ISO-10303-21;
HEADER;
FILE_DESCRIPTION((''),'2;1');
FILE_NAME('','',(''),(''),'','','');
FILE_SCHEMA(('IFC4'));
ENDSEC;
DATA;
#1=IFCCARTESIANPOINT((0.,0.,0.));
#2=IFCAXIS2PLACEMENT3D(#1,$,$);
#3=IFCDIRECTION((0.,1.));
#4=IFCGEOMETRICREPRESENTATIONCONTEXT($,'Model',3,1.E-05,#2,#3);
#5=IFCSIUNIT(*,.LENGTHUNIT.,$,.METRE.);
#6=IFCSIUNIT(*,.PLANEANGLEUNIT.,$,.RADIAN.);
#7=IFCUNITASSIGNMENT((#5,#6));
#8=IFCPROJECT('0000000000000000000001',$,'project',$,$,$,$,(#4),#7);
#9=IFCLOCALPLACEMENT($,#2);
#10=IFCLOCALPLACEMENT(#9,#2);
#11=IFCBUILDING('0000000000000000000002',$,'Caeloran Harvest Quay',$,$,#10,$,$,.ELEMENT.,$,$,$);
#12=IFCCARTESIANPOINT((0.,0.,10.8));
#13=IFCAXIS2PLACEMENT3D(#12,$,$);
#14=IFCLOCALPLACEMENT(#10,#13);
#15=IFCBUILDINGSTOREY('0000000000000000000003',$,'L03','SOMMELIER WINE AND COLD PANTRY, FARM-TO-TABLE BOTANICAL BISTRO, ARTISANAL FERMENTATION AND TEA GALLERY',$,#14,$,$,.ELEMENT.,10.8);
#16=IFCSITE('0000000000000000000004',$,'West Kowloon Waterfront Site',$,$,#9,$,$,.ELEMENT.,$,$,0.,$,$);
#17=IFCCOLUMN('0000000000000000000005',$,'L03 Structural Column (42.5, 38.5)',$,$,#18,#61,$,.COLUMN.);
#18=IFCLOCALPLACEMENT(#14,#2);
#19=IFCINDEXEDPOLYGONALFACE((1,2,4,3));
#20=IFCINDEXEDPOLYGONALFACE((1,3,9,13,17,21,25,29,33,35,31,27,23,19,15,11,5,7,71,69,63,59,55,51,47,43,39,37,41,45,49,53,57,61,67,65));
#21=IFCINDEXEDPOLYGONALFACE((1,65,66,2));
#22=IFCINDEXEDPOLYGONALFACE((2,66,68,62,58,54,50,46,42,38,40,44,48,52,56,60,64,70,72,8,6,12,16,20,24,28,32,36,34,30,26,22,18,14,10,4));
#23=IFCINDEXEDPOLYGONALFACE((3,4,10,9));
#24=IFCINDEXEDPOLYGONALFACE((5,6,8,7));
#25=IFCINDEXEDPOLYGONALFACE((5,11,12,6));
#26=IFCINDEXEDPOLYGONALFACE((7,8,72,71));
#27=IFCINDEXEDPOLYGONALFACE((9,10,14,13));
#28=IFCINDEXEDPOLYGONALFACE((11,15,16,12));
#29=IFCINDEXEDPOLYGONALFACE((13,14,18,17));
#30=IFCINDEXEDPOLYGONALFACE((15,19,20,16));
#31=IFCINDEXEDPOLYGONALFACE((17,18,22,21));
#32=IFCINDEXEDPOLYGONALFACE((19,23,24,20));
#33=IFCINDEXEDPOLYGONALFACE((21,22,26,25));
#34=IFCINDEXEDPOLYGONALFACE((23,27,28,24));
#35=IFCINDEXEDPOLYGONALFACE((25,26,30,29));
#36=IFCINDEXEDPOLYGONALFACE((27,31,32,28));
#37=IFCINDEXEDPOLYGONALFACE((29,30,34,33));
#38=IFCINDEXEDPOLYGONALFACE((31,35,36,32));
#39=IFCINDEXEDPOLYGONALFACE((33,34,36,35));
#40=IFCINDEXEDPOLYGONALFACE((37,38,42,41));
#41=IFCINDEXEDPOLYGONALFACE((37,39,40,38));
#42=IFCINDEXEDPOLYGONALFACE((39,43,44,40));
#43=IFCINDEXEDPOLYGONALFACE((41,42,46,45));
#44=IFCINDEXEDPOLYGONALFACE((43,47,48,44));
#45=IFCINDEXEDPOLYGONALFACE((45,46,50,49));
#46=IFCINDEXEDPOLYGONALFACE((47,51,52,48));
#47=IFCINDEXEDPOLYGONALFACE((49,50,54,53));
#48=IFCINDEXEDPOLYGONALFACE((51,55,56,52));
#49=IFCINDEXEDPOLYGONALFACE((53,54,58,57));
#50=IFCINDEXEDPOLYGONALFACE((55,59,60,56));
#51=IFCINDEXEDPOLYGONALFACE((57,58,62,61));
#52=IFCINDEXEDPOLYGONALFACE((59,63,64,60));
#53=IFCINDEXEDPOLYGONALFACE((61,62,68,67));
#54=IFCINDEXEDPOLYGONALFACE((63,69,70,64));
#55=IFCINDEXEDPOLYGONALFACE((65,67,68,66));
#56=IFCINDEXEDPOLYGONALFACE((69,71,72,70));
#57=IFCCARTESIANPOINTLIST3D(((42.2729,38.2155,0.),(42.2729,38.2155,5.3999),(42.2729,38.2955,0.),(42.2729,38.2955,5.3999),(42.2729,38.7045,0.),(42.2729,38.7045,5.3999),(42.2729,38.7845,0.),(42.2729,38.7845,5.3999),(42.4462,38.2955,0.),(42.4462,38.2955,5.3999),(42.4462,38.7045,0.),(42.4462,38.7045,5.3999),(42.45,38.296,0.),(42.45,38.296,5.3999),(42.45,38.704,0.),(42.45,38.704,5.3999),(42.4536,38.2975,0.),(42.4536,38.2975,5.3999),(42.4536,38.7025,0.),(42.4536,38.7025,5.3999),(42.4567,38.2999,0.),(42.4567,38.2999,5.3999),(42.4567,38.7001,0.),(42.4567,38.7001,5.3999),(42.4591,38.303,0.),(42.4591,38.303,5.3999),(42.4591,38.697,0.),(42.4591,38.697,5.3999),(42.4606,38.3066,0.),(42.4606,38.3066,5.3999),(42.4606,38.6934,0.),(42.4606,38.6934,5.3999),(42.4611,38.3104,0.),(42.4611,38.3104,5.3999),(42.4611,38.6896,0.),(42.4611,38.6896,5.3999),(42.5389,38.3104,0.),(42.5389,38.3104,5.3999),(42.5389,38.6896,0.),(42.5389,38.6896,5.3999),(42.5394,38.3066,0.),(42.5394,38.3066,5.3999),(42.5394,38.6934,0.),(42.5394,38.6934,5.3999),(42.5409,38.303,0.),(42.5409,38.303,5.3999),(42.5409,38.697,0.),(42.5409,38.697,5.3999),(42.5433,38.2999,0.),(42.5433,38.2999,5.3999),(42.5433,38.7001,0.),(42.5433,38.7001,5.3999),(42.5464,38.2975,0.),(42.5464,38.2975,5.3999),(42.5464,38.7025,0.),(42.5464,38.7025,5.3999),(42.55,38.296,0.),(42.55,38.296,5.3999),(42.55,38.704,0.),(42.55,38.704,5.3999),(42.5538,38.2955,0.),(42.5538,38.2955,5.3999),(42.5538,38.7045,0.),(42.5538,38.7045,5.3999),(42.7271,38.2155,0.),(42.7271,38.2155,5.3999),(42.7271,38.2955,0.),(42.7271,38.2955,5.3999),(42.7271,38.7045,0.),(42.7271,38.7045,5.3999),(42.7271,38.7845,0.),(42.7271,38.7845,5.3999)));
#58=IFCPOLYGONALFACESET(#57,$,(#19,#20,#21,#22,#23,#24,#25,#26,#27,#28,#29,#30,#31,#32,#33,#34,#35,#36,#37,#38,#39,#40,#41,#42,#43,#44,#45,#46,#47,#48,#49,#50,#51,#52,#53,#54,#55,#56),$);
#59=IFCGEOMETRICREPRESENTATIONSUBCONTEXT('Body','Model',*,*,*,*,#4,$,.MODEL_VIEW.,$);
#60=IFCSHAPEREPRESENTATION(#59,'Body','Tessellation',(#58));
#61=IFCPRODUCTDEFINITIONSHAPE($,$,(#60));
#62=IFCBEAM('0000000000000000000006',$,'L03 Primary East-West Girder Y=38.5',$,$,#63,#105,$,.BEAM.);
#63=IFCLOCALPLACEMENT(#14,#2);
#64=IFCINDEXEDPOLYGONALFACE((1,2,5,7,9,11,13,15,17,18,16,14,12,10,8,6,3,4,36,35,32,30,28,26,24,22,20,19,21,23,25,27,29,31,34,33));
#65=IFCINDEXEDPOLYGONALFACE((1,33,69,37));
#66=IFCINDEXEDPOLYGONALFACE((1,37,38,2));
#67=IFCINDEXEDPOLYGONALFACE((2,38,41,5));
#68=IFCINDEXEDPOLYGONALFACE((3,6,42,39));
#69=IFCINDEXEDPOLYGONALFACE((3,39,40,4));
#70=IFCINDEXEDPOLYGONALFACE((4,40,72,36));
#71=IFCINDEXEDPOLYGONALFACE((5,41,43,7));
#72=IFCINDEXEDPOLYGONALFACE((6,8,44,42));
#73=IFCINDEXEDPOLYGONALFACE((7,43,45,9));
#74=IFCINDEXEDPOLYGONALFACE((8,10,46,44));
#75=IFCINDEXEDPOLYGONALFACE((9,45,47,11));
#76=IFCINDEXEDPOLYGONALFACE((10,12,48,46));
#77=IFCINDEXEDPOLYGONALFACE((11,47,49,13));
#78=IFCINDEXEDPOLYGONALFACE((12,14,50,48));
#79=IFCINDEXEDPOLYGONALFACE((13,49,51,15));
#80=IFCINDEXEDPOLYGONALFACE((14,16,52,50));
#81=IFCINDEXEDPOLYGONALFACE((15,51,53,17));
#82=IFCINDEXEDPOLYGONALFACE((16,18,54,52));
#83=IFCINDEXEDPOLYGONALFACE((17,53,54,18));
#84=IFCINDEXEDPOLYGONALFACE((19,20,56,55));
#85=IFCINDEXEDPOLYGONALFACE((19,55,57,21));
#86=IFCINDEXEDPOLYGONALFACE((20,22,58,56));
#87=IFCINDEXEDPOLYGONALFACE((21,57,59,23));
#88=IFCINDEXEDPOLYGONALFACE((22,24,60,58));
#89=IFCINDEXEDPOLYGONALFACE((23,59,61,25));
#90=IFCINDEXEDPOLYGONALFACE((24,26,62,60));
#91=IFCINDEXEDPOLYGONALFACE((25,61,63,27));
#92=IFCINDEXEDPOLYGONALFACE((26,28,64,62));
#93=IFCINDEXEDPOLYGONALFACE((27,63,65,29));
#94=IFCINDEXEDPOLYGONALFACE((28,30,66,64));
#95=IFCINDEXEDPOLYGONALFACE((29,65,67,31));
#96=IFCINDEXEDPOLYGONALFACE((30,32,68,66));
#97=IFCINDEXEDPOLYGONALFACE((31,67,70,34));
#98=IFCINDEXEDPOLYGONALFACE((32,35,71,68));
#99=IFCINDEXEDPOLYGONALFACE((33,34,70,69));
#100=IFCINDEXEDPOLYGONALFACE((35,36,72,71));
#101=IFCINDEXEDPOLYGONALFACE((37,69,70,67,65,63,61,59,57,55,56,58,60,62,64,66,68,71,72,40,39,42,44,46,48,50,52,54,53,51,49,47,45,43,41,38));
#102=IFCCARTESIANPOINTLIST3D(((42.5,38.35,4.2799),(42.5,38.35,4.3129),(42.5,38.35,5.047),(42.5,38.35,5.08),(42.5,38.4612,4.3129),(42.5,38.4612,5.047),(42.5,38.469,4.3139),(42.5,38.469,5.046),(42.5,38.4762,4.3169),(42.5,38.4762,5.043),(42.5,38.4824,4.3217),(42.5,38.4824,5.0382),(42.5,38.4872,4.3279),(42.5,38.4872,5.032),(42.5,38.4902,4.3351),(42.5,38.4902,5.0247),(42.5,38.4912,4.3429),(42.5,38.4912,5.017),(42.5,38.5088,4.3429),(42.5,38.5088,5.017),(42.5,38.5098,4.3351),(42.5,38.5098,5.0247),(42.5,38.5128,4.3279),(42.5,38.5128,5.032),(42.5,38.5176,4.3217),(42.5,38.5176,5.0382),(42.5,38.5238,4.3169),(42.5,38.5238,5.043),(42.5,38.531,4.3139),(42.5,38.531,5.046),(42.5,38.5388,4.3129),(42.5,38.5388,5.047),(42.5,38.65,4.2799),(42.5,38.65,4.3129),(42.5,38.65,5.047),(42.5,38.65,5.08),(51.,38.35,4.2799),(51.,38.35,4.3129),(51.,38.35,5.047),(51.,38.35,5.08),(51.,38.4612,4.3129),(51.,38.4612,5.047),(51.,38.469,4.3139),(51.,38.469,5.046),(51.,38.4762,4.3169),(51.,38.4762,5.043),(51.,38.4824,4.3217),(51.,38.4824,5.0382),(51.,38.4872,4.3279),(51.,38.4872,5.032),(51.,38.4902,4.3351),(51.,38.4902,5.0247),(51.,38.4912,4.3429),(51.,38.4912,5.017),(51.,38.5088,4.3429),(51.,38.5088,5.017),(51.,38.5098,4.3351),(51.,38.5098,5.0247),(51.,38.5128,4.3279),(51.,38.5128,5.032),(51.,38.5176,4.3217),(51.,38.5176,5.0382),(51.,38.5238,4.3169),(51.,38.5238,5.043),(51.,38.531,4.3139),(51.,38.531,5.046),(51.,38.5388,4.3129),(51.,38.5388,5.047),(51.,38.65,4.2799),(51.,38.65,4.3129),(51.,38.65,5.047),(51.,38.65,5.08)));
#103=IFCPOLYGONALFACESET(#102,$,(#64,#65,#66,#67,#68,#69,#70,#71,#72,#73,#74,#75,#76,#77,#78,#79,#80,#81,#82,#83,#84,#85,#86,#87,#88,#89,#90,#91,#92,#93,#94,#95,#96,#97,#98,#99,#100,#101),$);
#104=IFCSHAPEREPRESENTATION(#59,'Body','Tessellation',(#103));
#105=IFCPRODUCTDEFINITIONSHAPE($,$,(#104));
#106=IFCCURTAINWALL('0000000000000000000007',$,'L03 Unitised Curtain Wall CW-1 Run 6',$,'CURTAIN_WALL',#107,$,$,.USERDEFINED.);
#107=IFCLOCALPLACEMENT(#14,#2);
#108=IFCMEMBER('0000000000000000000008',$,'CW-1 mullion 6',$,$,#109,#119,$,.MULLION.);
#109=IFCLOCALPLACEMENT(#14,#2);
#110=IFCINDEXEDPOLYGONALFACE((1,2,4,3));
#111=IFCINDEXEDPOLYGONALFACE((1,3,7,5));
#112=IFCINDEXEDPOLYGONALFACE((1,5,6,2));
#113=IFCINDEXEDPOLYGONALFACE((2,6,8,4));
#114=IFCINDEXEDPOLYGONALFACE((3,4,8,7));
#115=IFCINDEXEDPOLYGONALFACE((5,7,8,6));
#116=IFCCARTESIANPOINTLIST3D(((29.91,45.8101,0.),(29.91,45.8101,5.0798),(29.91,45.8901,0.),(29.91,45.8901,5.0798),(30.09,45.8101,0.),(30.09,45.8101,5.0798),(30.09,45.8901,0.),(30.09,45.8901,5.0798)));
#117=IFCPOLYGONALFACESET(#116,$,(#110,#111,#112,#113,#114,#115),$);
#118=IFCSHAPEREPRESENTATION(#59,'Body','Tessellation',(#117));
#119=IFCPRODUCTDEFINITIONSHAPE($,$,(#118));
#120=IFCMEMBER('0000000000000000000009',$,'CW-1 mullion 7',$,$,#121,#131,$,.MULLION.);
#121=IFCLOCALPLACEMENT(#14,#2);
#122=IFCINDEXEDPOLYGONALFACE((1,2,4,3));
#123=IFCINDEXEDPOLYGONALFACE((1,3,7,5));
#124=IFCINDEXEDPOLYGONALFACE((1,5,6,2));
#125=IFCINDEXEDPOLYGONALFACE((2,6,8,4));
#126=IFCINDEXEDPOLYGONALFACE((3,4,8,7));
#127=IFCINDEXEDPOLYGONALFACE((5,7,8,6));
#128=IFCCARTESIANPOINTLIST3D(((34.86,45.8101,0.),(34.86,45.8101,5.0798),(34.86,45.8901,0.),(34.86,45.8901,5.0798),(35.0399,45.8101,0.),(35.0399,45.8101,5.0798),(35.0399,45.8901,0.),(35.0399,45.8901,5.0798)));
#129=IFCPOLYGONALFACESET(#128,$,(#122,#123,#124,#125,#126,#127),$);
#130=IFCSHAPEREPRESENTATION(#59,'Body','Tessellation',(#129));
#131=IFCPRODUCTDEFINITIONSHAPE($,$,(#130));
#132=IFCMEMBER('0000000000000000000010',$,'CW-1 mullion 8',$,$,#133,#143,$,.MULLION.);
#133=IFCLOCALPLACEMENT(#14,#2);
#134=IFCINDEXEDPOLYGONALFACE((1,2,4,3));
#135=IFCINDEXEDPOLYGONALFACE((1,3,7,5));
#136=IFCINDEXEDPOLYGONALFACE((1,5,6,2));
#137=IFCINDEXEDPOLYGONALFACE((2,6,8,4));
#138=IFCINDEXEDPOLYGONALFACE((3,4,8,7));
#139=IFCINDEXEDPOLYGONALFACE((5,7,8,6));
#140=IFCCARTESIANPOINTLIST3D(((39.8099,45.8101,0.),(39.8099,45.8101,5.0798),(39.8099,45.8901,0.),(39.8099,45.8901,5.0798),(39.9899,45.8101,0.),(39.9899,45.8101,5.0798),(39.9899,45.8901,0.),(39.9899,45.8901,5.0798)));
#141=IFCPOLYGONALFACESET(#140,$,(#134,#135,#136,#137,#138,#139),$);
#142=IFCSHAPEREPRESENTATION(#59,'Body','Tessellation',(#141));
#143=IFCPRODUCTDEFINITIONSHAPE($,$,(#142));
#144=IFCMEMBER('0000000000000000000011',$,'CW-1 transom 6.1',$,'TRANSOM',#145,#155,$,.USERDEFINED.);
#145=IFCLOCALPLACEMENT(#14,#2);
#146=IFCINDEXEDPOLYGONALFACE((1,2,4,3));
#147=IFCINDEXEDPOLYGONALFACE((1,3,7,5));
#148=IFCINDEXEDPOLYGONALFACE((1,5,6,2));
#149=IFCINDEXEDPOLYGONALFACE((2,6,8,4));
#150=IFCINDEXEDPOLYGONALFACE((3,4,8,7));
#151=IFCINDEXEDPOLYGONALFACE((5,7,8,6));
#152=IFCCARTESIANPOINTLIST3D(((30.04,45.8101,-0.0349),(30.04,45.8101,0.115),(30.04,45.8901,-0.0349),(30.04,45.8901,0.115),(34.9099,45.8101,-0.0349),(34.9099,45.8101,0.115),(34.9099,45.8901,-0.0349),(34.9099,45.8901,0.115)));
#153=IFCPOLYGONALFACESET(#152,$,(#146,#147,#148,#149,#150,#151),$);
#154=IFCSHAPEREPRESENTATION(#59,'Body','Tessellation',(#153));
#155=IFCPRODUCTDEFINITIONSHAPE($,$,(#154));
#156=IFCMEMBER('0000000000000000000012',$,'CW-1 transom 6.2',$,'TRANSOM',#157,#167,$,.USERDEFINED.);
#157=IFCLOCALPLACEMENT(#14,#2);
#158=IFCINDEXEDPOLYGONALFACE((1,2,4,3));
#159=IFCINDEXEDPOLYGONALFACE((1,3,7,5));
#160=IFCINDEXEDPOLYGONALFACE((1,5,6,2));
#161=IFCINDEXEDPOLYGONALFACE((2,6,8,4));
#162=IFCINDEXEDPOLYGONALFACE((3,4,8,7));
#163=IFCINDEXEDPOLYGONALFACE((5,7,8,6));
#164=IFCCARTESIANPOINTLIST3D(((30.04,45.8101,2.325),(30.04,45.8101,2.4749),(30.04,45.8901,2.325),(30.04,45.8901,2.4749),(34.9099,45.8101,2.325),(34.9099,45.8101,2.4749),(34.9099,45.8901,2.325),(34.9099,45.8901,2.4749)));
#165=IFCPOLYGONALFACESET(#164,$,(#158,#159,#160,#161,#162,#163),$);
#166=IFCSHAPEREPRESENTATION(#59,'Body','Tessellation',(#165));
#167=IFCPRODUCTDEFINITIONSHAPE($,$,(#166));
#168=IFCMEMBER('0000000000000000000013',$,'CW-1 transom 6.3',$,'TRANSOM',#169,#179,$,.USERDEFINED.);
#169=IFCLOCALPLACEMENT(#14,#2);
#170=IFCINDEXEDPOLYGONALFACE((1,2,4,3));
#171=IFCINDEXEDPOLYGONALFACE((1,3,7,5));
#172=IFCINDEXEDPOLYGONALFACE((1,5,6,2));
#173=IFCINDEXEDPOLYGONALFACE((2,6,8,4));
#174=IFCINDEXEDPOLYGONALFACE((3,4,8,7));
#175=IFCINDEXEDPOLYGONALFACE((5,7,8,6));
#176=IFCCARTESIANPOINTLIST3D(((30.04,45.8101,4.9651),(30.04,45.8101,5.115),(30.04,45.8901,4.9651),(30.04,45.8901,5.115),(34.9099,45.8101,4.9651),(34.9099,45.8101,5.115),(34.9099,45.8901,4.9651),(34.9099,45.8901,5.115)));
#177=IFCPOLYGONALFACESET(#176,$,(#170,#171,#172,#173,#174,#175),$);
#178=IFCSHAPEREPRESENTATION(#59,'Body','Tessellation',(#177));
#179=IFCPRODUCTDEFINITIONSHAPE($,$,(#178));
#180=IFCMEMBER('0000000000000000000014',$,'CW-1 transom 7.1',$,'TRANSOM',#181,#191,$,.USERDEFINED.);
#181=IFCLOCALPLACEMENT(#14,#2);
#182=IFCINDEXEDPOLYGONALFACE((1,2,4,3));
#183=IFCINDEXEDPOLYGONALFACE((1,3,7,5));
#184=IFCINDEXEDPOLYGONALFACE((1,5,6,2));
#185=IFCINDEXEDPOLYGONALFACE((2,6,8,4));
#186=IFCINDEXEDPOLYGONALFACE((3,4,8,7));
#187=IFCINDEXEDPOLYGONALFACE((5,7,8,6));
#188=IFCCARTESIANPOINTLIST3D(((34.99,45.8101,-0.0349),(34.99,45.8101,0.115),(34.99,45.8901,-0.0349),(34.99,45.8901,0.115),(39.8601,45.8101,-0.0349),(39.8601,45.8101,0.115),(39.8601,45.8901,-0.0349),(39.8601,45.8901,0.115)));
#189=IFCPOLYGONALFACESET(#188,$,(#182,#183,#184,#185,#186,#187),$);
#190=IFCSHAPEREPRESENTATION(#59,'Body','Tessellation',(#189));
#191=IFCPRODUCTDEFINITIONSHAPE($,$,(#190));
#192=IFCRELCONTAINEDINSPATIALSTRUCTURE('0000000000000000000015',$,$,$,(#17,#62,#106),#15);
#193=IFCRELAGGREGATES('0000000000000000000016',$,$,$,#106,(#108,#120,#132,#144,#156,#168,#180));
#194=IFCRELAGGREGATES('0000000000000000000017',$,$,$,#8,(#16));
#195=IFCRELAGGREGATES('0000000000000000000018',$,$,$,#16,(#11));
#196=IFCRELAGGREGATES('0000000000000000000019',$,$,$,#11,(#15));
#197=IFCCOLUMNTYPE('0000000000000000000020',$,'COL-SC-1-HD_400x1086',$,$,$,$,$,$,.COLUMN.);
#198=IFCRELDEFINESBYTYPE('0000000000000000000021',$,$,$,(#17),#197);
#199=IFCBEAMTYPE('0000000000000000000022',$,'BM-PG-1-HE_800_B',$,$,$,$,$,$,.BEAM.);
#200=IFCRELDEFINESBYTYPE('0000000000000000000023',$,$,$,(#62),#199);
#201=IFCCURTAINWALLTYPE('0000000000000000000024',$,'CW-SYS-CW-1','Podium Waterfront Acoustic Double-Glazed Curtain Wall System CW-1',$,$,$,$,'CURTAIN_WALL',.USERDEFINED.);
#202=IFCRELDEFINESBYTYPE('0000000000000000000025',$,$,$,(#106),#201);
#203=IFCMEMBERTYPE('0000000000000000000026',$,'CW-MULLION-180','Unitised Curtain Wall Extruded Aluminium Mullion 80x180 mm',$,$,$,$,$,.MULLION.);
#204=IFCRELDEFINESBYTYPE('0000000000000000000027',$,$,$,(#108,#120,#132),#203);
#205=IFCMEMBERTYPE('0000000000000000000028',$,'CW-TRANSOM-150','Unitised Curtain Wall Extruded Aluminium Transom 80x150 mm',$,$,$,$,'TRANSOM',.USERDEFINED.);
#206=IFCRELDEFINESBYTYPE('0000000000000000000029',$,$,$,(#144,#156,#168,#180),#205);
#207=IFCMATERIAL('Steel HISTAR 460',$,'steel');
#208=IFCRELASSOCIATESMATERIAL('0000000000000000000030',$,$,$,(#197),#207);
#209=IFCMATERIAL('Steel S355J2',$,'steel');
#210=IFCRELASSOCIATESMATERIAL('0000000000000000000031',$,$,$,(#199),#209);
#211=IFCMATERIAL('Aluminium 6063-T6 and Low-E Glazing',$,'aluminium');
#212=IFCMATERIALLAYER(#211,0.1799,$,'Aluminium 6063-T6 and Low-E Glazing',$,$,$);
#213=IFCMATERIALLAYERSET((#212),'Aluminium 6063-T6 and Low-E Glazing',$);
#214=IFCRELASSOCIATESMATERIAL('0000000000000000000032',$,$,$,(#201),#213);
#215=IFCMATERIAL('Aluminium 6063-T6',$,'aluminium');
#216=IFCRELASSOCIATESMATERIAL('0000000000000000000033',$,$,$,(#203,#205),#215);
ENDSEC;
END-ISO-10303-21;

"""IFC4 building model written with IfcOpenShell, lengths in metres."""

from ifc_helpers import new_model, si_unit, direction, frame, origin, origin_2d, place, context, subcontext, project, spatial, rectangle, i_section, extrude, material, layer, layer_set, material_profile, profile_set, type_object, element, aggregate, save


model = new_model("IFC4")

# Units and contexts
model_context = context("Model", 3, precision=1e-05, world=origin(), true_north=direction((0.0, 1.0)))
body_context = subcontext(model_context, "Body", "Model", "MODEL_VIEW")
ifc_project = project(units=[si_unit("LENGTHUNIT", "METRE"), si_unit("PLANEANGLEUNIT", "RADIAN")], contexts=[model_context])

# Site, building, storey
site_placement = place(None, origin())
site = spatial("IfcSite", under=ifc_project, at=site_placement, Name="West Kowloon Waterfront Site", CompositionType="ELEMENT", RefElevation=0.0)
building_placement = place(site_placement, origin())
building = spatial("IfcBuilding", under=site, at=building_placement, Name="Caeloran Harvest Quay", CompositionType="ELEMENT")
storey_placement = place(building_placement, frame((0.0, 0.0, 10.8)))
storey = spatial("IfcBuildingStorey", under=building, at=storey_placement, Name="L03", Description="SOMMELIER WINE AND COLD PANTRY, FARM-TO-TABLE BOTANICAL BISTRO, ARTISANAL FERMENTATION AND TEA GALLERY", CompositionType="ELEMENT", Elevation=10.8)

# Column
ifc_material_1 = material(Name="Steel HISTAR 460", Category="steel")
ifc_material_profile_1 = material_profile(ifc_material_1, i_section(OverallWidth=0.4541, OverallDepth=0.5691, WebThickness=0.0779, FlangeThickness=0.0801, FilletRadius=0.0149, at=origin_2d()), Name="HD 400x1086")
ifc_profile_set_1 = profile_set([ifc_material_profile_1], Name="Steel HISTAR 460")
column_type = type_object("IfcColumnType", Name="COL-SC-1-HD_400x1086", PredefinedType="COLUMN", material=ifc_profile_set_1)
column_placement = place(storey_placement, frame((42.5, 38.5, 0.0), z_axis=(0.0, 0.0, 1.0), x_axis=(1.0, 0.0, 0.0)))
element("IfcColumn", 1, at=column_placement, inside=storey, type_object=column_type, Name="L03 Structural Column (42.5, 38.5)", PredefinedType="COLUMN", context=body_context, shape_type="SweptSolid", body=[
    extrude(i_section(OverallWidth=0.4541, OverallDepth=0.5691, WebThickness=0.0779, FlangeThickness=0.0801, FilletRadius=0.0149, at=origin_2d()), origin(), (0.0, 0.0, 1.0), 5.3999),
])

# Beam
ifc_material_2 = material(Name="Steel S355J2", Category="steel")
ifc_material_profile_2 = material_profile(ifc_material_2, i_section(OverallWidth=0.3, OverallDepth=0.8, WebThickness=0.0176, FlangeThickness=0.033, FilletRadius=0.03, at=origin_2d()), Name="HE 800 B")
ifc_profile_set_2 = profile_set([ifc_material_profile_2], Name="Steel S355J2")
beam_type = type_object("IfcBeamType", Name="BM-PG-1-HE_800_B", PredefinedType="BEAM", material=ifc_profile_set_2)
beam_placement = place(storey_placement, frame((42.5, 38.5, 4.6799), z_axis=(1.0, 0.0, 0.0), x_axis=(0.0, 1.0, 0.0)))
element("IfcBeam", 2, at=beam_placement, inside=storey, type_object=beam_type, Name="L03 Primary East-West Girder Y=38.5", PredefinedType="BEAM", context=body_context, shape_type="SweptSolid", body=[
    extrude(i_section(OverallWidth=0.3, OverallDepth=0.8, WebThickness=0.0176, FlangeThickness=0.033, FilletRadius=0.03, at=origin_2d()), origin(), (0.0, 0.0, 1.0), 8.5),
])

# Curtain wall, members
ifc_material_3 = material(Name="Aluminium 6063-T6 and Low-E Glazing", Category="aluminium")
ifc_layer_1 = layer(ifc_material_3, 0.1799, Name="Aluminium 6063-T6 and Low-E Glazing")
ifc_layer_set_1 = layer_set([ifc_layer_1], Name="Aluminium 6063-T6 and Low-E Glazing")
curtain_wall_type = type_object("IfcCurtainWallType", Name="CW-SYS-CW-1", Description="Podium Waterfront Acoustic Double-Glazed Curtain Wall System CW-1", ElementType="CURTAIN_WALL", PredefinedType="USERDEFINED", material=ifc_layer_set_1)
curtain_wall_placement = place(storey_placement, origin())
curtain_wall = element("IfcCurtainWall", 3, at=curtain_wall_placement, inside=storey, type_object=curtain_wall_type, Name="L03 Unitised Curtain Wall CW-1 Run 6", ObjectType="CURTAIN_WALL", PredefinedType="USERDEFINED")
ifc_material_4 = material(Name="Aluminium 6063-T6", Category="aluminium")
ifc_material_profile_3 = material_profile(ifc_material_4, rectangle(XDim=0.0801, YDim=0.1799, at=origin_2d()), Name="CW-MULLION-180")
ifc_profile_set_3 = profile_set([ifc_material_profile_3], Name="Aluminium 6063-T6")
member_type_1 = type_object("IfcMemberType", Name="CW-MULLION-180", Description="Unitised Curtain Wall Extruded Aluminium Mullion 80x180 mm", PredefinedType="MULLION", material=ifc_profile_set_3)
member_1_placement = place(storey_placement, frame((30.0, 45.8501, 0.0), z_axis=(0.0, 0.0, 1.0), x_axis=(0.0, 1.0, 0.0)))
member_1 = element("IfcMember", 4, at=member_1_placement, type_object=member_type_1, Name="CW-1 mullion 6", PredefinedType="MULLION", context=body_context, shape_type="SweptSolid", body=[
    extrude(rectangle(XDim=0.0801, YDim=0.1799, at=origin_2d()), origin(), (0.0, 0.0, 1.0), 5.0798),
])
member_2_placement = place(storey_placement, frame((34.95, 45.8501, 0.0), z_axis=(0.0, 0.0, 1.0), x_axis=(0.0, 1.0, 0.0)))
member_2 = element("IfcMember", 5, at=member_2_placement, type_object=member_type_1, Name="CW-1 mullion 7", PredefinedType="MULLION", context=body_context, shape_type="SweptSolid", body=[
    extrude(rectangle(XDim=0.0801, YDim=0.1799, at=origin_2d()), origin(), (0.0, 0.0, 1.0), 5.0798),
])
member_3_placement = place(storey_placement, frame((39.8999, 45.8501, 0.0), z_axis=(0.0, 0.0, 1.0), x_axis=(0.0, 1.0, 0.0)))
member_3 = element("IfcMember", 6, at=member_3_placement, type_object=member_type_1, Name="CW-1 mullion 8", PredefinedType="MULLION", context=body_context, shape_type="SweptSolid", body=[
    extrude(rectangle(XDim=0.0801, YDim=0.1799, at=origin_2d()), origin(), (0.0, 0.0, 1.0), 5.0798),
])
ifc_material_profile_4 = material_profile(ifc_material_4, rectangle(XDim=0.0801, YDim=0.1499, at=origin_2d()), Name="CW-TRANSOM-150")
ifc_profile_set_4 = profile_set([ifc_material_profile_4], Name="Aluminium 6063-T6")
member_type_2 = type_object("IfcMemberType", Name="CW-TRANSOM-150", Description="Unitised Curtain Wall Extruded Aluminium Transom 80x150 mm", ElementType="TRANSOM", PredefinedType="USERDEFINED", material=ifc_profile_set_4)
member_4_placement = place(storey_placement, frame((30.04, 45.8501, 0.04), z_axis=(1.0, 0.0, 0.0), x_axis=(0.0, 1.0, 0.0)))
member_4 = element("IfcMember", 7, at=member_4_placement, type_object=member_type_2, Name="CW-1 transom 6.1", ObjectType="TRANSOM", PredefinedType="USERDEFINED", context=body_context, shape_type="SweptSolid", body=[
    extrude(rectangle(XDim=0.0801, YDim=0.1499, at=origin_2d()), origin(), (0.0, 0.0, 1.0), 4.8699),
])
member_5_placement = place(storey_placement, frame((30.04, 45.8501, 2.3999), z_axis=(1.0, 0.0, 0.0), x_axis=(0.0, 1.0, 0.0)))
member_5 = element("IfcMember", 8, at=member_5_placement, type_object=member_type_2, Name="CW-1 transom 6.2", ObjectType="TRANSOM", PredefinedType="USERDEFINED", context=body_context, shape_type="SweptSolid", body=[
    extrude(rectangle(XDim=0.0801, YDim=0.1499, at=origin_2d()), origin(), (0.0, 0.0, 1.0), 4.8699),
])
member_6_placement = place(storey_placement, frame((30.04, 45.8501, 5.04), z_axis=(1.0, 0.0, 0.0), x_axis=(0.0, 1.0, 0.0)))
member_6 = element("IfcMember", 9, at=member_6_placement, type_object=member_type_2, Name="CW-1 transom 6.3", ObjectType="TRANSOM", PredefinedType="USERDEFINED", context=body_context, shape_type="SweptSolid", body=[
    extrude(rectangle(XDim=0.0801, YDim=0.1499, at=origin_2d()), origin(), (0.0, 0.0, 1.0), 4.8699),
])
member_7_placement = place(storey_placement, frame((34.99, 45.8501, 0.04), z_axis=(1.0, 0.0, 0.0), x_axis=(0.0, 1.0, 0.0)))
member_7 = element("IfcMember", 10, at=member_7_placement, type_object=member_type_2, Name="CW-1 transom 7.1", ObjectType="TRANSOM", PredefinedType="USERDEFINED", context=body_context, shape_type="SweptSolid", body=[
    extrude(rectangle(XDim=0.0801, YDim=0.1499, at=origin_2d()), origin(), (0.0, 0.0, 1.0), 4.8701),
])
aggregate(curtain_wall, [member_1, member_2, member_3, member_4, member_5, member_6, member_7])

save(model, "model.ifc")
